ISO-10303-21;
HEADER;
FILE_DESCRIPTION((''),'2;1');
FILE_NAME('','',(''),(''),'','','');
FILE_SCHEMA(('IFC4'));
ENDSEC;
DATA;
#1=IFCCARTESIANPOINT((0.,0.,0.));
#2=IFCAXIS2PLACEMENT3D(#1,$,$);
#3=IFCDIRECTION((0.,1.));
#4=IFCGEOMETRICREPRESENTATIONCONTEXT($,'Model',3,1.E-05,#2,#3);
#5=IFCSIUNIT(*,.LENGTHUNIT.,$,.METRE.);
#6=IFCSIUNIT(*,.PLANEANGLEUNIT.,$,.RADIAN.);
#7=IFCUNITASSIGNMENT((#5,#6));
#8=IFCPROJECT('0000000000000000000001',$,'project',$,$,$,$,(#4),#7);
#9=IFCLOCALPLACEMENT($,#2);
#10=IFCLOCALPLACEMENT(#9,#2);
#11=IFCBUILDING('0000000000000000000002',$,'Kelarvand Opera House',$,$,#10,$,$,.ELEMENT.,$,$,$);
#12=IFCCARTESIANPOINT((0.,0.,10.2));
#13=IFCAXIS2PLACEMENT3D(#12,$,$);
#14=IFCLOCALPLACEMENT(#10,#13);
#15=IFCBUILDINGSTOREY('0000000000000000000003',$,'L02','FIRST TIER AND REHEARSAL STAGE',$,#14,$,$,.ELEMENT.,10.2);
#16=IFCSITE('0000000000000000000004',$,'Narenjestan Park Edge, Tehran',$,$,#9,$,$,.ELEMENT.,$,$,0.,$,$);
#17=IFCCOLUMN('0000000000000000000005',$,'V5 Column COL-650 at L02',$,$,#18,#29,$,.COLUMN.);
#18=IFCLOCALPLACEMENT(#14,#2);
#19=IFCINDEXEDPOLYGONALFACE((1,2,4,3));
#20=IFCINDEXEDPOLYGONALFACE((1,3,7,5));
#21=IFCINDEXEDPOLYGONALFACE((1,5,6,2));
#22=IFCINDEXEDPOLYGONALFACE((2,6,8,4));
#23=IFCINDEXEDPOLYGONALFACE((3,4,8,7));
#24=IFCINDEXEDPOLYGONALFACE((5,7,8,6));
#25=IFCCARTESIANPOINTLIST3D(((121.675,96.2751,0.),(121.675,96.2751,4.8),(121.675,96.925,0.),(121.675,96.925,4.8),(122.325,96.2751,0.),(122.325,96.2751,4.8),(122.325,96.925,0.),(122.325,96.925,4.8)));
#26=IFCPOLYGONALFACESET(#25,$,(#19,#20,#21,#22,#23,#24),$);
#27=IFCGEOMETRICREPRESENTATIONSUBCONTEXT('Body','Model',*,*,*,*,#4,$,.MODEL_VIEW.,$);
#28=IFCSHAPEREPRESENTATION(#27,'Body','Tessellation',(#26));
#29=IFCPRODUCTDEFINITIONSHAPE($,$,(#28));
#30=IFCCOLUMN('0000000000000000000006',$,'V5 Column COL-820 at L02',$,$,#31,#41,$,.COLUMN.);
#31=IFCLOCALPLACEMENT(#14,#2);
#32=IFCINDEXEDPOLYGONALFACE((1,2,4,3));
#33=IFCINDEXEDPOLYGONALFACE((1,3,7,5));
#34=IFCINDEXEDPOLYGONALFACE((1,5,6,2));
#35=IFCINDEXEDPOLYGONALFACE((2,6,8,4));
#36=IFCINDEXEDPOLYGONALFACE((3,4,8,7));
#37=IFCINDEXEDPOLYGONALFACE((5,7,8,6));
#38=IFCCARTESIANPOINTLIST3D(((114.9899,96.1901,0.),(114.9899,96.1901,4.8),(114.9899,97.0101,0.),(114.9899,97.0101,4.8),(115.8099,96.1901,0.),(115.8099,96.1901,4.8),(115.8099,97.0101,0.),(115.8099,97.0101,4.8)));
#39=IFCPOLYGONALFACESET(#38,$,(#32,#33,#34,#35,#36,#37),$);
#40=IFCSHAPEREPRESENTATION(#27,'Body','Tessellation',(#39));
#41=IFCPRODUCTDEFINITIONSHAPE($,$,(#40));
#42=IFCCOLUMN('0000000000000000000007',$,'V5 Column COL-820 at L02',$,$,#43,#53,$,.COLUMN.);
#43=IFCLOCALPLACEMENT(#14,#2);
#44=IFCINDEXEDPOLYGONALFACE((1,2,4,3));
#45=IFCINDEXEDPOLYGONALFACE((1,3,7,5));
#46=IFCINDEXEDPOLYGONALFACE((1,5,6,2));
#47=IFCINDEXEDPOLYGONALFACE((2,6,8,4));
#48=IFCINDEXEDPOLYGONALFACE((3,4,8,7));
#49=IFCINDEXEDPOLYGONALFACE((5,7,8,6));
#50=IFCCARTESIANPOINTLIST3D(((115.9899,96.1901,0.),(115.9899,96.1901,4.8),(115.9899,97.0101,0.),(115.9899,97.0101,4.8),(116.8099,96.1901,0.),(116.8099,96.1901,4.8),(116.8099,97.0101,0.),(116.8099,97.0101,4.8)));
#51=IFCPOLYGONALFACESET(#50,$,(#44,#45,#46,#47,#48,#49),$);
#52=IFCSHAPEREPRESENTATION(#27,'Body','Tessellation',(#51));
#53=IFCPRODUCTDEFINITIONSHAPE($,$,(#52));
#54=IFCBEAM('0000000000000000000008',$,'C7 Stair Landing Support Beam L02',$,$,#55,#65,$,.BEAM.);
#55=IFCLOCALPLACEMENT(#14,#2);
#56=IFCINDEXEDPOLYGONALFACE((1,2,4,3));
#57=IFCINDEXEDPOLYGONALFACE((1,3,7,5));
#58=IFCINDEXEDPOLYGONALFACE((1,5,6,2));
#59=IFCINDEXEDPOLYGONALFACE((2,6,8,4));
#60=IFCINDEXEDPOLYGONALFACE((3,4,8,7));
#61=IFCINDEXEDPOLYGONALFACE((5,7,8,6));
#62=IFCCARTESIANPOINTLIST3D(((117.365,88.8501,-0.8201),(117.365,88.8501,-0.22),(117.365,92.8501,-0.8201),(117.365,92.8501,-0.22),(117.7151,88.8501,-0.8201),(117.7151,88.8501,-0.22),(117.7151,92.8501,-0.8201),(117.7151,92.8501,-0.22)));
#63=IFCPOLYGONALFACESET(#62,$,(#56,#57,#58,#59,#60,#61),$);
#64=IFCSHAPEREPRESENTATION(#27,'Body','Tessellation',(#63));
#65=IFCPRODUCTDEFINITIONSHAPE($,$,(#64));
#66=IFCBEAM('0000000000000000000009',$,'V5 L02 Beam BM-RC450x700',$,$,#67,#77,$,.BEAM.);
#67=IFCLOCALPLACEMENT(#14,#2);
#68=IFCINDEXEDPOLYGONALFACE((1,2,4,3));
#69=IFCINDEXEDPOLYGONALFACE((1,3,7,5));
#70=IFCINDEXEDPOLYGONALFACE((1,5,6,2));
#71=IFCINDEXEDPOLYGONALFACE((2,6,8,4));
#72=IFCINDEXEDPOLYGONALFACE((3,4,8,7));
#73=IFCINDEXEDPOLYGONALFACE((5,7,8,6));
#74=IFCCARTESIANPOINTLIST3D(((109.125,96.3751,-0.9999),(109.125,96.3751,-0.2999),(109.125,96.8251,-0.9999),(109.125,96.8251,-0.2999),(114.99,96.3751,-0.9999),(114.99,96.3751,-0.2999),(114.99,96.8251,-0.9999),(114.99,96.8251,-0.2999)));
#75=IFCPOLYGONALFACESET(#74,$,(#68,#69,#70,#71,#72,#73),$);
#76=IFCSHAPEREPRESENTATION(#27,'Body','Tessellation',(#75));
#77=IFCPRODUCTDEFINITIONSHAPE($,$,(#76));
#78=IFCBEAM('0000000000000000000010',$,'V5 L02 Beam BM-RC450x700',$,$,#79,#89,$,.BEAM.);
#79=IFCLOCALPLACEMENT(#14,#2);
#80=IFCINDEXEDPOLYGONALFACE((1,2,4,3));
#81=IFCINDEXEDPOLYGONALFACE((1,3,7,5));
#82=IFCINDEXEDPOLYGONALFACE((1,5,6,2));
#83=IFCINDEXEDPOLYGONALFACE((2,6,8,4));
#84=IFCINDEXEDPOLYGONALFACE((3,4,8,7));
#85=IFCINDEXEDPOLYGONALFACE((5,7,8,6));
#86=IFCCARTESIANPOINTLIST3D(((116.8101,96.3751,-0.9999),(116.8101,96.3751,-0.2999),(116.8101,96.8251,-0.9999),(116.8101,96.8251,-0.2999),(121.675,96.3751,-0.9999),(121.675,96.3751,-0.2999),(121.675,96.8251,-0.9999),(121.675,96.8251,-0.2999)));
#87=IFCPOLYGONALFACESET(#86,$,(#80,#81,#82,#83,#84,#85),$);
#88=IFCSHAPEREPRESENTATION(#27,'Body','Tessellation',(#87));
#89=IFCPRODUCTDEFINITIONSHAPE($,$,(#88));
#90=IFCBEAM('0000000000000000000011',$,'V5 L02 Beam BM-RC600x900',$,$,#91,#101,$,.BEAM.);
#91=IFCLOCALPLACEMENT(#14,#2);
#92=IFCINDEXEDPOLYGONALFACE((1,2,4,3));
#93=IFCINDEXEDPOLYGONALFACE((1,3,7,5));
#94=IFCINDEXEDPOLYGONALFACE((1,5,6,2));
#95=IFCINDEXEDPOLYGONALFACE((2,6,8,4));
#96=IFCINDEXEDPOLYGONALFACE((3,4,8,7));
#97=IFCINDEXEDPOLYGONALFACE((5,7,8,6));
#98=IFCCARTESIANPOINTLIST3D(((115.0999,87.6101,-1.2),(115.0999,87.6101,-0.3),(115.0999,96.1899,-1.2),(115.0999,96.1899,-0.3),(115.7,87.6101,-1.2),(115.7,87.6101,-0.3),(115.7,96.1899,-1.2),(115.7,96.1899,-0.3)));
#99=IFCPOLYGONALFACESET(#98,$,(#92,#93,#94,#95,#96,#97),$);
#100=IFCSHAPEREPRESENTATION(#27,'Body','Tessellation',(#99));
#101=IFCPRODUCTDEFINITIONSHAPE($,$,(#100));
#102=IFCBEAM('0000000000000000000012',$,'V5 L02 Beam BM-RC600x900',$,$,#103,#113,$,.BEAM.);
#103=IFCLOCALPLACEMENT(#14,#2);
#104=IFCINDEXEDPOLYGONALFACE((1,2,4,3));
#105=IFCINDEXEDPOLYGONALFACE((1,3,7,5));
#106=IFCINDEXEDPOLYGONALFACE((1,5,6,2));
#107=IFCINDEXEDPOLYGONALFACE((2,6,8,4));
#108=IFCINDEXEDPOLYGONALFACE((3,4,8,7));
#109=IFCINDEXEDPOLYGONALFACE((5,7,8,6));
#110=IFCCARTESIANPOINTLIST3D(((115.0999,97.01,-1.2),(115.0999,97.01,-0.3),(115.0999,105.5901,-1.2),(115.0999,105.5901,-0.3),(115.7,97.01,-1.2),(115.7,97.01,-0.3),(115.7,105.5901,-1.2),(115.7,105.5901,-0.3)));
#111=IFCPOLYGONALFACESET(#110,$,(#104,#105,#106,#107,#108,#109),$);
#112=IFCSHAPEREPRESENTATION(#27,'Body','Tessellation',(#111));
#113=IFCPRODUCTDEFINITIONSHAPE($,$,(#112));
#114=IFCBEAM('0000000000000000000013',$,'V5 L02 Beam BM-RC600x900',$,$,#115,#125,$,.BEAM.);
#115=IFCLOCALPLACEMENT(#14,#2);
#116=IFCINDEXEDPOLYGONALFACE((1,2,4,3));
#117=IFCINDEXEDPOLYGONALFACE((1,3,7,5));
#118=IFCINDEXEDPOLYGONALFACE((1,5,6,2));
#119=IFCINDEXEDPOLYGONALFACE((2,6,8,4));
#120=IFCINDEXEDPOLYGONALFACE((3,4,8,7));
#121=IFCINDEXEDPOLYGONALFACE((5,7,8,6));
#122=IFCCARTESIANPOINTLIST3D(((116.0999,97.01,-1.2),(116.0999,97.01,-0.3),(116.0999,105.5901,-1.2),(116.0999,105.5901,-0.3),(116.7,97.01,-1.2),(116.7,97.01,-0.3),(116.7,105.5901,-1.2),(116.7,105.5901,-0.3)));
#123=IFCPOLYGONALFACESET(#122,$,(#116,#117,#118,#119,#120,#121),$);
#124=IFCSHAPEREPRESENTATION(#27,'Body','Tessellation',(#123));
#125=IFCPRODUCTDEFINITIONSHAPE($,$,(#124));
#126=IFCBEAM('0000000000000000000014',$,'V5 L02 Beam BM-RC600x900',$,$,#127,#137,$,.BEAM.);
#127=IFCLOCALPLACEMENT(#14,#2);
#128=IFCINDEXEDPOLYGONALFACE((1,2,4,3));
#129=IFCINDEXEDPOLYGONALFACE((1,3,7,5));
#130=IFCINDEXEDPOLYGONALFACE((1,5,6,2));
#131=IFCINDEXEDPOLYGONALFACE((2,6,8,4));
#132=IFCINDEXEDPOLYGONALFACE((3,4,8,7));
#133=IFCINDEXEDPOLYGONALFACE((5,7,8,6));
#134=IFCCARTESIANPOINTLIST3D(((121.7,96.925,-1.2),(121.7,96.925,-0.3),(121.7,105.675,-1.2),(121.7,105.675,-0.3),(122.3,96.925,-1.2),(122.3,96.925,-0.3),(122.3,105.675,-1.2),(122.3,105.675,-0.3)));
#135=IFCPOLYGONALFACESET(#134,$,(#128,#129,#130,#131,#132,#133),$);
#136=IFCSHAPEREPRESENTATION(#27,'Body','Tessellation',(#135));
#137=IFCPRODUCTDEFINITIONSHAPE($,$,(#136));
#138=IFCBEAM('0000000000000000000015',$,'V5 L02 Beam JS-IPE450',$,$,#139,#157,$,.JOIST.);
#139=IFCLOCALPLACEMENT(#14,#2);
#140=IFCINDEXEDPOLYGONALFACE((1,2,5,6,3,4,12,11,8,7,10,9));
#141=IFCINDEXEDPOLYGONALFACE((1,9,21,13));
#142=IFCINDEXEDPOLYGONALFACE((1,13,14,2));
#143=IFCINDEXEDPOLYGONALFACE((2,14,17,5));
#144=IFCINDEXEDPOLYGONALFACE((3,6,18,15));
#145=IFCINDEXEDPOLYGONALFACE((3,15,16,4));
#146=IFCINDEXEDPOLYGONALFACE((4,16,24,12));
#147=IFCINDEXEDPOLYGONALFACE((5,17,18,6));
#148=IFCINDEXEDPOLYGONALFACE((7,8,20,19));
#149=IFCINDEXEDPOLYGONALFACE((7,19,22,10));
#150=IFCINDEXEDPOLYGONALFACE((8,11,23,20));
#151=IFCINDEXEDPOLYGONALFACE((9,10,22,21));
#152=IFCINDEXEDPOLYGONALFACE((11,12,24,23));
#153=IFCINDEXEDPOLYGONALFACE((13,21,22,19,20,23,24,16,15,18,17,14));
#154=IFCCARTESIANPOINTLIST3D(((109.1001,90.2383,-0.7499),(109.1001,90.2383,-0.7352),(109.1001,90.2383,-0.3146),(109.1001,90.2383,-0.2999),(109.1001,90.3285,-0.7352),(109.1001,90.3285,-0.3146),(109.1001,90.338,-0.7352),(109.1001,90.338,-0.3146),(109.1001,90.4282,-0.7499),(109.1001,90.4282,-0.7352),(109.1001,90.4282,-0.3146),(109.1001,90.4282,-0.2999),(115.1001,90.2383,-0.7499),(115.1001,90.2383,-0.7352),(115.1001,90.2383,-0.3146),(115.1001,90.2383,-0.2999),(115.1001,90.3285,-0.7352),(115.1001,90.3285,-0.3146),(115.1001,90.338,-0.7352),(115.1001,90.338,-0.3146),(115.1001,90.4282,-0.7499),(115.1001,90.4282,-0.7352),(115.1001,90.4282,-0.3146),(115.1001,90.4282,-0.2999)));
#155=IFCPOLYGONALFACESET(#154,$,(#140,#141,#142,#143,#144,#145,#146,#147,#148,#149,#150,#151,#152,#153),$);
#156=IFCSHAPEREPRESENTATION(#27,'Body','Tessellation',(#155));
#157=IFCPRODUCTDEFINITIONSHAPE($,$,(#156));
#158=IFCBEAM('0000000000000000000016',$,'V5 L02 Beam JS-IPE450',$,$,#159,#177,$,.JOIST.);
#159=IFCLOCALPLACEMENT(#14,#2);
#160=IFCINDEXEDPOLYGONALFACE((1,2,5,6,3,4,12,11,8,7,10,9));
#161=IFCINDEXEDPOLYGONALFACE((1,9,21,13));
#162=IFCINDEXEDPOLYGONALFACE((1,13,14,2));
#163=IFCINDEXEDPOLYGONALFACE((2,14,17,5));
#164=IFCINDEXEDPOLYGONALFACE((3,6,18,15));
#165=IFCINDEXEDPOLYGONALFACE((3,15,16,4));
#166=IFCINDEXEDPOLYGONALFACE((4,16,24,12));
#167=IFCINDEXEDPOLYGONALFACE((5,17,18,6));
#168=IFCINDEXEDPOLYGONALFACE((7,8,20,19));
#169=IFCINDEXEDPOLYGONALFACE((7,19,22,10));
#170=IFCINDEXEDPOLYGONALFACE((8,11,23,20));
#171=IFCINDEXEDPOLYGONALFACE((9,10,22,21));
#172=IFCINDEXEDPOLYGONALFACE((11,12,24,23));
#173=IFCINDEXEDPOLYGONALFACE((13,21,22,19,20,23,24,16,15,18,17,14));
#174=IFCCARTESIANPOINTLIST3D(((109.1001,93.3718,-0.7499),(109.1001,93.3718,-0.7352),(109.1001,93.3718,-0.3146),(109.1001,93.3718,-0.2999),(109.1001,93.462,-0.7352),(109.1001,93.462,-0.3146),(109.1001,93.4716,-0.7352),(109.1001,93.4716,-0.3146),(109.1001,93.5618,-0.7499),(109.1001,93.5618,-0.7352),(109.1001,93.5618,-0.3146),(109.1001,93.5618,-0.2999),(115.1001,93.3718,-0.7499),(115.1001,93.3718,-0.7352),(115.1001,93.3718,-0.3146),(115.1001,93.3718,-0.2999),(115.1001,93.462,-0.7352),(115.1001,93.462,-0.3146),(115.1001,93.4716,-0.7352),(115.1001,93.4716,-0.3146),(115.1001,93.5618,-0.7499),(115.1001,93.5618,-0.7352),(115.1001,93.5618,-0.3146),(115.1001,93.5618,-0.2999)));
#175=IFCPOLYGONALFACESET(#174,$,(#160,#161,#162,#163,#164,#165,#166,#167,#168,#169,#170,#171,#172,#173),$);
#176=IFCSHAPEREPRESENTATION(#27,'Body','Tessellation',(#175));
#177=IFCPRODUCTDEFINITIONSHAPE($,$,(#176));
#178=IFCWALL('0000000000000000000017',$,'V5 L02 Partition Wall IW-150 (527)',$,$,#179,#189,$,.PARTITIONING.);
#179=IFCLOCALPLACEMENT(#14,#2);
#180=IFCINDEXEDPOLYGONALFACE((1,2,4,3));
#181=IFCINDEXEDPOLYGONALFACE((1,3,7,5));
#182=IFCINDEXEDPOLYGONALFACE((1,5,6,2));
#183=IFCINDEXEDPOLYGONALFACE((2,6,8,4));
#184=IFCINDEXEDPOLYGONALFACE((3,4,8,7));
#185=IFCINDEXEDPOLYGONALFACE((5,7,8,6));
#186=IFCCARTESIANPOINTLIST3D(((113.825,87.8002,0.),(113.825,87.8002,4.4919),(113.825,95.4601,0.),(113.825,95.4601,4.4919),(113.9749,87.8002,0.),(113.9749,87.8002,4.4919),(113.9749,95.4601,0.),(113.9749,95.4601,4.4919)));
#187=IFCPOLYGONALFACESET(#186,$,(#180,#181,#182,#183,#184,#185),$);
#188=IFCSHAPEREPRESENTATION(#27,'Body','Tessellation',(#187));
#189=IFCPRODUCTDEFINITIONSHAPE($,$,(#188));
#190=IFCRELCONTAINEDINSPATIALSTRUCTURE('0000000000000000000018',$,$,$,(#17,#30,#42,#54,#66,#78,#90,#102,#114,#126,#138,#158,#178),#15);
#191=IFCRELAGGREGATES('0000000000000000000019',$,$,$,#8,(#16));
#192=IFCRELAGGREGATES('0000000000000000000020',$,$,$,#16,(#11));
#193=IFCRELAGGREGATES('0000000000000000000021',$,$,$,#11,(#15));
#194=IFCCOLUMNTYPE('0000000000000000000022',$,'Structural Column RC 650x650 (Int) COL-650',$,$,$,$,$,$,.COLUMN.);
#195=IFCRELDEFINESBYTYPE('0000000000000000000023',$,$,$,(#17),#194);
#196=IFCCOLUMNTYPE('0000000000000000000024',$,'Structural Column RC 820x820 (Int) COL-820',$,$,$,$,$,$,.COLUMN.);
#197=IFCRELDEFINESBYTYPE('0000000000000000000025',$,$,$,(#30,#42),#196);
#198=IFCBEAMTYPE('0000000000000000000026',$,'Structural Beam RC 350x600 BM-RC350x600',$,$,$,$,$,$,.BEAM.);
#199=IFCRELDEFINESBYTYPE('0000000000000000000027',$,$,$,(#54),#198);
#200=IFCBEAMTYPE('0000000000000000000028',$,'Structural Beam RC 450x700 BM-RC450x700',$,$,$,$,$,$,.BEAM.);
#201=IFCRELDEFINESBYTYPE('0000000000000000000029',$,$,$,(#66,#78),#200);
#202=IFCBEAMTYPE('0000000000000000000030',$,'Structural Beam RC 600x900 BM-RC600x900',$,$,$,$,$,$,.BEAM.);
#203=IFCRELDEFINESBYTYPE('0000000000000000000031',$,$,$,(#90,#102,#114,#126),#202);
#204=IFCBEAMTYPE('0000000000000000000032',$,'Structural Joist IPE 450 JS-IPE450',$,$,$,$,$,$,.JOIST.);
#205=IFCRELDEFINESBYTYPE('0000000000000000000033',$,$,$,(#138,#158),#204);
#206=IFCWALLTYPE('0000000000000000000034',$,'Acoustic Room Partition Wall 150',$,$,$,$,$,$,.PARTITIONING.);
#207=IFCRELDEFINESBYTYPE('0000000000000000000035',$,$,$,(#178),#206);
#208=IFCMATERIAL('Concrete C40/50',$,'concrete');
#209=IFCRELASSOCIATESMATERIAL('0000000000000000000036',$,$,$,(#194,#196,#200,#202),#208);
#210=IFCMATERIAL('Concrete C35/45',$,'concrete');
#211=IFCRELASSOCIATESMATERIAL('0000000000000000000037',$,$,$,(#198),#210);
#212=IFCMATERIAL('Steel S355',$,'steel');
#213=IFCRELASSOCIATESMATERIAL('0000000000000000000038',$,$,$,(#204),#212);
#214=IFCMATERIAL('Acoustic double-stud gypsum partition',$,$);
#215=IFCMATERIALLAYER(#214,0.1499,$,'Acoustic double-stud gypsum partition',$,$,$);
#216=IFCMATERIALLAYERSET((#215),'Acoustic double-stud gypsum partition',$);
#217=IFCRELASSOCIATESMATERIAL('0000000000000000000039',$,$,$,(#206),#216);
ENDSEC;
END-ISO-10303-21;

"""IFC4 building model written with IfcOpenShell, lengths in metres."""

from ifc_helpers import new_model, si_unit, direction, frame, frame_2d, origin, origin_2d, place, context, subcontext, project, spatial, rectangle, i_section, extrude, material, layer, layer_set, material_profile, profile_set, type_object, element, save


model = new_model("IFC4")

# Units and contexts
model_context = context("Model", 3, precision=1e-05, world=origin(), true_north=direction((0.0, 1.0)))
body_context = subcontext(model_context, "Body", "Model", "MODEL_VIEW")
ifc_project = project(units=[si_unit("LENGTHUNIT", "METRE"), si_unit("PLANEANGLEUNIT", "RADIAN")], contexts=[model_context])

# Site, building, storey
site_placement = place(None, origin())
site = spatial("IfcSite", under=ifc_project, at=site_placement, Name="Narenjestan Park Edge, Tehran", CompositionType="ELEMENT", RefElevation=0.0)
building_placement = place(site_placement, origin())
building = spatial("IfcBuilding", under=site, at=building_placement, Name="Kelarvand Opera House", CompositionType="ELEMENT")
storey_placement = place(building_placement, frame((0.0, 0.0, 10.2)))
storey = spatial("IfcBuildingStorey", under=building, at=storey_placement, Name="L02", Description="FIRST TIER AND REHEARSAL STAGE", CompositionType="ELEMENT", Elevation=10.2)

# Columns
ifc_material_1 = material(Name="Concrete C40/50", Category="concrete")
ifc_material_profile_1 = material_profile(ifc_material_1, rectangle(XDim=0.6499, YDim=0.6499, at=origin_2d()), Name="RC 650x650", Category="concrete")
ifc_profile_set_1 = profile_set([ifc_material_profile_1], Name="Concrete C40/50")
column_type_1 = type_object("IfcColumnType", Name="Structural Column RC 650x650 (Int) COL-650", PredefinedType="COLUMN", material=ifc_profile_set_1)
column_placement = place(storey_placement, frame((122.0, 96.6001, 0.0), z_axis=(0.0, 0.0, 1.0), x_axis=(1.0, 0.0, 0.0)))
element("IfcColumn", 1, at=column_placement, inside=storey, type_object=column_type_1, Name="V5 Column COL-650 at L02", PredefinedType="COLUMN", context=body_context, shape_type="SweptSolid", body=[
    extrude(rectangle(XDim=0.6499, YDim=0.6499, at=origin_2d()), origin(), (0.0, 0.0, 1.0), 4.8),
])
ifc_material_profile_2 = material_profile(ifc_material_1, rectangle(XDim=0.8201, YDim=0.8201, at=origin_2d()), Name="RC 820x820", Category="concrete")
ifc_profile_set_2 = profile_set([ifc_material_profile_2], Name="Concrete C40/50")
column_type_2 = type_object("IfcColumnType", Name="Structural Column RC 820x820 (Int) COL-820", PredefinedType="COLUMN", material=ifc_profile_set_2)
for number, where, z_axis, x_axis, name in (
    (2, (115.3999, 96.6001, 0.0), (0.0, 0.0, 1.0), (1.0, 0.0, 0.0), "V5 Column COL-820 at L02"),
    (3, (116.3999, 96.6001, 0.0), (0.0, 0.0, 1.0), (1.0, 0.0, 0.0), "V5 Column COL-820 at L02"),
):
    element("IfcColumn", number, at=place(storey_placement, frame(where, z_axis=z_axis, x_axis=x_axis)), inside=storey, type_object=column_type_2, Name=name, PredefinedType="COLUMN", context=body_context, shape_type="SweptSolid", body=[
        extrude(rectangle(XDim=0.8201, YDim=0.8201, at=origin_2d()), origin(), (0.0, 0.0, 1.0), 4.8),
    ])

# Beams
ifc_material_2 = material(Name="Concrete C35/45", Category="concrete")
ifc_material_profile_3 = material_profile(ifc_material_2, rectangle(XDim=0.3501, YDim=0.6001, at=origin_2d()), Name="RC 350x600", Category="concrete")
ifc_profile_set_3 = profile_set([ifc_material_profile_3], Name="Concrete C35/45")
beam_type_1 = type_object("IfcBeamType", Name="Structural Beam RC 350x600 BM-RC350x600", PredefinedType="BEAM", material=ifc_profile_set_3)
beam_1_placement = place(storey_placement, frame((117.54, 88.8501, -0.52), z_axis=(0.0, 1.0, 0.0), x_axis=(-1.0, 0.0, 0.0)))
element("IfcBeam", 4, at=beam_1_placement, inside=storey, type_object=beam_type_1, Name="C7 Stair Landing Support Beam L02", PredefinedType="BEAM", context=body_context, shape_type="SweptSolid", body=[
    extrude(rectangle(XDim=0.3501, YDim=0.6001, at=origin_2d()), origin(), (0.0, 0.0, 1.0), 4.0),
])
ifc_material_profile_4 = material_profile(ifc_material_1, rectangle(XDim=0.45, YDim=0.7, at=origin_2d()), Name="RC 450x700", Category="concrete")
ifc_profile_set_4 = profile_set([ifc_material_profile_4], Name="Concrete C40/50")
beam_type_2 = type_object("IfcBeamType", Name="Structural Beam RC 450x700 BM-RC450x700", PredefinedType="BEAM", material=ifc_profile_set_4)
beam_2_placement = place(storey_placement, frame((109.125, 96.6001, -0.6499), z_axis=(1.0, 0.0, 0.0), x_axis=(0.0, 1.0, 0.0)))
element("IfcBeam", 5, at=beam_2_placement, inside=storey, type_object=beam_type_2, Name="V5 L02 Beam BM-RC450x700", PredefinedType="BEAM", context=body_context, shape_type="SweptSolid", body=[
    extrude(rectangle(XDim=0.45, YDim=0.7, at=origin_2d()), origin(), (0.0, 0.0, 1.0), 5.865),
])
beam_3_placement = place(storey_placement, frame((116.8101, 96.6001, -0.6499), z_axis=(1.0, 0.0, 0.0), x_axis=(0.0, 1.0, 0.0)))
element("IfcBeam", 6, at=beam_3_placement, inside=storey, type_object=beam_type_2, Name="V5 L02 Beam BM-RC450x700", PredefinedType="BEAM", context=body_context, shape_type="SweptSolid", body=[
    extrude(rectangle(XDim=0.45, YDim=0.7, at=origin_2d()), origin(), (0.0, 0.0, 1.0), 4.865),
])
ifc_material_profile_5 = material_profile(ifc_material_1, rectangle(XDim=0.6001, YDim=0.8999, at=origin_2d()), Name="RC 600x900", Category="concrete")
ifc_profile_set_5 = profile_set([ifc_material_profile_5], Name="Concrete C40/50")
beam_type_3 = type_object("IfcBeamType", Name="Structural Beam RC 600x900 BM-RC600x900", PredefinedType="BEAM", material=ifc_profile_set_5)
beam_4_placement = place(storey_placement, frame((115.3999, 87.6101, -0.75), z_axis=(0.0, 1.0, 0.0), x_axis=(-1.0, 0.0, 0.0)))
element("IfcBeam", 7, at=beam_4_placement, inside=storey, type_object=beam_type_3, Name="V5 L02 Beam BM-RC600x900", PredefinedType="BEAM", context=body_context, shape_type="SweptSolid", body=[
    extrude(rectangle(XDim=0.6001, YDim=0.8999, at=origin_2d()), origin(), (0.0, 0.0, 1.0), 8.5798),
])
for number, where, z_axis, x_axis, name in (
    (8, (115.3999, 97.01, -0.75), (0.0, 1.0, 0.0), (-1.0, 0.0, 0.0), "V5 L02 Beam BM-RC600x900"),
    (9, (116.3999, 97.01, -0.75), (0.0, 1.0, 0.0), (-1.0, 0.0, 0.0), "V5 L02 Beam BM-RC600x900"),
):
    element("IfcBeam", number, at=place(storey_placement, frame(where, z_axis=z_axis, x_axis=x_axis)), inside=storey, type_object=beam_type_3, Name=name, PredefinedType="BEAM", context=body_context, shape_type="SweptSolid", body=[
        extrude(rectangle(XDim=0.6001, YDim=0.8999, at=origin_2d()), origin(), (0.0, 0.0, 1.0), 8.5801),
    ])
beam_5_placement = place(storey_placement, frame((122.0, 96.925, -0.75), z_axis=(0.0, 1.0, 0.0), x_axis=(-1.0, 0.0, 0.0)))
element("IfcBeam", 10, at=beam_5_placement, inside=storey, type_object=beam_type_3, Name="V5 L02 Beam BM-RC600x900", PredefinedType="BEAM", context=body_context, shape_type="SweptSolid", body=[
    extrude(rectangle(XDim=0.6001, YDim=0.8999, at=origin_2d()), origin(), (0.0, 0.0, 1.0), 8.75),
])
ifc_material_3 = material(Name="Steel S355", Category="steel")
ifc_material_profile_6 = material_profile(ifc_material_3, i_section(OverallWidth=0.1899, OverallDepth=0.45, WebThickness=0.0095, FlangeThickness=0.0146, at=origin_2d()), Name="IPE 450", Category="steel")
ifc_profile_set_6 = profile_set([ifc_material_profile_6], Name="Steel S355")
beam_type_4 = type_object("IfcBeamType", Name="Structural Joist IPE 450 JS-IPE450", PredefinedType="JOIST", material=ifc_profile_set_6)
for number, where, z_axis, x_axis, name in (
    (11, (109.1001, 90.3333, -0.5249), (1.0, 0.0, 0.0), (0.0, 1.0, 0.0), "V5 L02 Beam JS-IPE450"),
    (12, (109.1001, 93.4668, -0.5249), (1.0, 0.0, 0.0), (0.0, 1.0, 0.0), "V5 L02 Beam JS-IPE450"),
):
    element("IfcBeam", number, at=place(storey_placement, frame(where, z_axis=z_axis, x_axis=x_axis)), inside=storey, type_object=beam_type_4, Name=name, PredefinedType="JOIST", context=body_context, shape_type="SweptSolid", body=[
        extrude(i_section(OverallWidth=0.1899, OverallDepth=0.45, WebThickness=0.0095, FlangeThickness=0.0146, at=origin_2d()), origin(), (0.0, 0.0, 1.0), 6.0),
    ])

# Wall
ifc_material_4 = material(Name="Acoustic double-stud gypsum partition")
ifc_layer_1 = layer(ifc_material_4, 0.1499, Name="Acoustic double-stud gypsum partition")
ifc_layer_set_1 = layer_set([ifc_layer_1], Name="Acoustic double-stud gypsum partition")
wall_type_1 = type_object("IfcWallType", Name="Acoustic Room Partition Wall 150", PredefinedType="PARTITIONING", material=ifc_layer_set_1)
wall_1_placement = place(storey_placement, frame((113.8999, 87.8, 0.0), z_axis=(0.0, 0.0, 1.0), x_axis=(0.0, 1.0, 0.0)))
element("IfcWall", 13, at=wall_1_placement, inside=storey, type_object=wall_type_1, Name="V5 L02 Partition Wall IW-150 (527)", PredefinedType="PARTITIONING", context=body_context, shape_type="SweptSolid", body=[
    extrude(rectangle(XDim=7.6599, YDim=0.1499, at=frame_2d((3.8301, 0.0))), origin(), (0.0, 0.0, 1.0), 4.4919),
])

save(model, "model.ifc")
